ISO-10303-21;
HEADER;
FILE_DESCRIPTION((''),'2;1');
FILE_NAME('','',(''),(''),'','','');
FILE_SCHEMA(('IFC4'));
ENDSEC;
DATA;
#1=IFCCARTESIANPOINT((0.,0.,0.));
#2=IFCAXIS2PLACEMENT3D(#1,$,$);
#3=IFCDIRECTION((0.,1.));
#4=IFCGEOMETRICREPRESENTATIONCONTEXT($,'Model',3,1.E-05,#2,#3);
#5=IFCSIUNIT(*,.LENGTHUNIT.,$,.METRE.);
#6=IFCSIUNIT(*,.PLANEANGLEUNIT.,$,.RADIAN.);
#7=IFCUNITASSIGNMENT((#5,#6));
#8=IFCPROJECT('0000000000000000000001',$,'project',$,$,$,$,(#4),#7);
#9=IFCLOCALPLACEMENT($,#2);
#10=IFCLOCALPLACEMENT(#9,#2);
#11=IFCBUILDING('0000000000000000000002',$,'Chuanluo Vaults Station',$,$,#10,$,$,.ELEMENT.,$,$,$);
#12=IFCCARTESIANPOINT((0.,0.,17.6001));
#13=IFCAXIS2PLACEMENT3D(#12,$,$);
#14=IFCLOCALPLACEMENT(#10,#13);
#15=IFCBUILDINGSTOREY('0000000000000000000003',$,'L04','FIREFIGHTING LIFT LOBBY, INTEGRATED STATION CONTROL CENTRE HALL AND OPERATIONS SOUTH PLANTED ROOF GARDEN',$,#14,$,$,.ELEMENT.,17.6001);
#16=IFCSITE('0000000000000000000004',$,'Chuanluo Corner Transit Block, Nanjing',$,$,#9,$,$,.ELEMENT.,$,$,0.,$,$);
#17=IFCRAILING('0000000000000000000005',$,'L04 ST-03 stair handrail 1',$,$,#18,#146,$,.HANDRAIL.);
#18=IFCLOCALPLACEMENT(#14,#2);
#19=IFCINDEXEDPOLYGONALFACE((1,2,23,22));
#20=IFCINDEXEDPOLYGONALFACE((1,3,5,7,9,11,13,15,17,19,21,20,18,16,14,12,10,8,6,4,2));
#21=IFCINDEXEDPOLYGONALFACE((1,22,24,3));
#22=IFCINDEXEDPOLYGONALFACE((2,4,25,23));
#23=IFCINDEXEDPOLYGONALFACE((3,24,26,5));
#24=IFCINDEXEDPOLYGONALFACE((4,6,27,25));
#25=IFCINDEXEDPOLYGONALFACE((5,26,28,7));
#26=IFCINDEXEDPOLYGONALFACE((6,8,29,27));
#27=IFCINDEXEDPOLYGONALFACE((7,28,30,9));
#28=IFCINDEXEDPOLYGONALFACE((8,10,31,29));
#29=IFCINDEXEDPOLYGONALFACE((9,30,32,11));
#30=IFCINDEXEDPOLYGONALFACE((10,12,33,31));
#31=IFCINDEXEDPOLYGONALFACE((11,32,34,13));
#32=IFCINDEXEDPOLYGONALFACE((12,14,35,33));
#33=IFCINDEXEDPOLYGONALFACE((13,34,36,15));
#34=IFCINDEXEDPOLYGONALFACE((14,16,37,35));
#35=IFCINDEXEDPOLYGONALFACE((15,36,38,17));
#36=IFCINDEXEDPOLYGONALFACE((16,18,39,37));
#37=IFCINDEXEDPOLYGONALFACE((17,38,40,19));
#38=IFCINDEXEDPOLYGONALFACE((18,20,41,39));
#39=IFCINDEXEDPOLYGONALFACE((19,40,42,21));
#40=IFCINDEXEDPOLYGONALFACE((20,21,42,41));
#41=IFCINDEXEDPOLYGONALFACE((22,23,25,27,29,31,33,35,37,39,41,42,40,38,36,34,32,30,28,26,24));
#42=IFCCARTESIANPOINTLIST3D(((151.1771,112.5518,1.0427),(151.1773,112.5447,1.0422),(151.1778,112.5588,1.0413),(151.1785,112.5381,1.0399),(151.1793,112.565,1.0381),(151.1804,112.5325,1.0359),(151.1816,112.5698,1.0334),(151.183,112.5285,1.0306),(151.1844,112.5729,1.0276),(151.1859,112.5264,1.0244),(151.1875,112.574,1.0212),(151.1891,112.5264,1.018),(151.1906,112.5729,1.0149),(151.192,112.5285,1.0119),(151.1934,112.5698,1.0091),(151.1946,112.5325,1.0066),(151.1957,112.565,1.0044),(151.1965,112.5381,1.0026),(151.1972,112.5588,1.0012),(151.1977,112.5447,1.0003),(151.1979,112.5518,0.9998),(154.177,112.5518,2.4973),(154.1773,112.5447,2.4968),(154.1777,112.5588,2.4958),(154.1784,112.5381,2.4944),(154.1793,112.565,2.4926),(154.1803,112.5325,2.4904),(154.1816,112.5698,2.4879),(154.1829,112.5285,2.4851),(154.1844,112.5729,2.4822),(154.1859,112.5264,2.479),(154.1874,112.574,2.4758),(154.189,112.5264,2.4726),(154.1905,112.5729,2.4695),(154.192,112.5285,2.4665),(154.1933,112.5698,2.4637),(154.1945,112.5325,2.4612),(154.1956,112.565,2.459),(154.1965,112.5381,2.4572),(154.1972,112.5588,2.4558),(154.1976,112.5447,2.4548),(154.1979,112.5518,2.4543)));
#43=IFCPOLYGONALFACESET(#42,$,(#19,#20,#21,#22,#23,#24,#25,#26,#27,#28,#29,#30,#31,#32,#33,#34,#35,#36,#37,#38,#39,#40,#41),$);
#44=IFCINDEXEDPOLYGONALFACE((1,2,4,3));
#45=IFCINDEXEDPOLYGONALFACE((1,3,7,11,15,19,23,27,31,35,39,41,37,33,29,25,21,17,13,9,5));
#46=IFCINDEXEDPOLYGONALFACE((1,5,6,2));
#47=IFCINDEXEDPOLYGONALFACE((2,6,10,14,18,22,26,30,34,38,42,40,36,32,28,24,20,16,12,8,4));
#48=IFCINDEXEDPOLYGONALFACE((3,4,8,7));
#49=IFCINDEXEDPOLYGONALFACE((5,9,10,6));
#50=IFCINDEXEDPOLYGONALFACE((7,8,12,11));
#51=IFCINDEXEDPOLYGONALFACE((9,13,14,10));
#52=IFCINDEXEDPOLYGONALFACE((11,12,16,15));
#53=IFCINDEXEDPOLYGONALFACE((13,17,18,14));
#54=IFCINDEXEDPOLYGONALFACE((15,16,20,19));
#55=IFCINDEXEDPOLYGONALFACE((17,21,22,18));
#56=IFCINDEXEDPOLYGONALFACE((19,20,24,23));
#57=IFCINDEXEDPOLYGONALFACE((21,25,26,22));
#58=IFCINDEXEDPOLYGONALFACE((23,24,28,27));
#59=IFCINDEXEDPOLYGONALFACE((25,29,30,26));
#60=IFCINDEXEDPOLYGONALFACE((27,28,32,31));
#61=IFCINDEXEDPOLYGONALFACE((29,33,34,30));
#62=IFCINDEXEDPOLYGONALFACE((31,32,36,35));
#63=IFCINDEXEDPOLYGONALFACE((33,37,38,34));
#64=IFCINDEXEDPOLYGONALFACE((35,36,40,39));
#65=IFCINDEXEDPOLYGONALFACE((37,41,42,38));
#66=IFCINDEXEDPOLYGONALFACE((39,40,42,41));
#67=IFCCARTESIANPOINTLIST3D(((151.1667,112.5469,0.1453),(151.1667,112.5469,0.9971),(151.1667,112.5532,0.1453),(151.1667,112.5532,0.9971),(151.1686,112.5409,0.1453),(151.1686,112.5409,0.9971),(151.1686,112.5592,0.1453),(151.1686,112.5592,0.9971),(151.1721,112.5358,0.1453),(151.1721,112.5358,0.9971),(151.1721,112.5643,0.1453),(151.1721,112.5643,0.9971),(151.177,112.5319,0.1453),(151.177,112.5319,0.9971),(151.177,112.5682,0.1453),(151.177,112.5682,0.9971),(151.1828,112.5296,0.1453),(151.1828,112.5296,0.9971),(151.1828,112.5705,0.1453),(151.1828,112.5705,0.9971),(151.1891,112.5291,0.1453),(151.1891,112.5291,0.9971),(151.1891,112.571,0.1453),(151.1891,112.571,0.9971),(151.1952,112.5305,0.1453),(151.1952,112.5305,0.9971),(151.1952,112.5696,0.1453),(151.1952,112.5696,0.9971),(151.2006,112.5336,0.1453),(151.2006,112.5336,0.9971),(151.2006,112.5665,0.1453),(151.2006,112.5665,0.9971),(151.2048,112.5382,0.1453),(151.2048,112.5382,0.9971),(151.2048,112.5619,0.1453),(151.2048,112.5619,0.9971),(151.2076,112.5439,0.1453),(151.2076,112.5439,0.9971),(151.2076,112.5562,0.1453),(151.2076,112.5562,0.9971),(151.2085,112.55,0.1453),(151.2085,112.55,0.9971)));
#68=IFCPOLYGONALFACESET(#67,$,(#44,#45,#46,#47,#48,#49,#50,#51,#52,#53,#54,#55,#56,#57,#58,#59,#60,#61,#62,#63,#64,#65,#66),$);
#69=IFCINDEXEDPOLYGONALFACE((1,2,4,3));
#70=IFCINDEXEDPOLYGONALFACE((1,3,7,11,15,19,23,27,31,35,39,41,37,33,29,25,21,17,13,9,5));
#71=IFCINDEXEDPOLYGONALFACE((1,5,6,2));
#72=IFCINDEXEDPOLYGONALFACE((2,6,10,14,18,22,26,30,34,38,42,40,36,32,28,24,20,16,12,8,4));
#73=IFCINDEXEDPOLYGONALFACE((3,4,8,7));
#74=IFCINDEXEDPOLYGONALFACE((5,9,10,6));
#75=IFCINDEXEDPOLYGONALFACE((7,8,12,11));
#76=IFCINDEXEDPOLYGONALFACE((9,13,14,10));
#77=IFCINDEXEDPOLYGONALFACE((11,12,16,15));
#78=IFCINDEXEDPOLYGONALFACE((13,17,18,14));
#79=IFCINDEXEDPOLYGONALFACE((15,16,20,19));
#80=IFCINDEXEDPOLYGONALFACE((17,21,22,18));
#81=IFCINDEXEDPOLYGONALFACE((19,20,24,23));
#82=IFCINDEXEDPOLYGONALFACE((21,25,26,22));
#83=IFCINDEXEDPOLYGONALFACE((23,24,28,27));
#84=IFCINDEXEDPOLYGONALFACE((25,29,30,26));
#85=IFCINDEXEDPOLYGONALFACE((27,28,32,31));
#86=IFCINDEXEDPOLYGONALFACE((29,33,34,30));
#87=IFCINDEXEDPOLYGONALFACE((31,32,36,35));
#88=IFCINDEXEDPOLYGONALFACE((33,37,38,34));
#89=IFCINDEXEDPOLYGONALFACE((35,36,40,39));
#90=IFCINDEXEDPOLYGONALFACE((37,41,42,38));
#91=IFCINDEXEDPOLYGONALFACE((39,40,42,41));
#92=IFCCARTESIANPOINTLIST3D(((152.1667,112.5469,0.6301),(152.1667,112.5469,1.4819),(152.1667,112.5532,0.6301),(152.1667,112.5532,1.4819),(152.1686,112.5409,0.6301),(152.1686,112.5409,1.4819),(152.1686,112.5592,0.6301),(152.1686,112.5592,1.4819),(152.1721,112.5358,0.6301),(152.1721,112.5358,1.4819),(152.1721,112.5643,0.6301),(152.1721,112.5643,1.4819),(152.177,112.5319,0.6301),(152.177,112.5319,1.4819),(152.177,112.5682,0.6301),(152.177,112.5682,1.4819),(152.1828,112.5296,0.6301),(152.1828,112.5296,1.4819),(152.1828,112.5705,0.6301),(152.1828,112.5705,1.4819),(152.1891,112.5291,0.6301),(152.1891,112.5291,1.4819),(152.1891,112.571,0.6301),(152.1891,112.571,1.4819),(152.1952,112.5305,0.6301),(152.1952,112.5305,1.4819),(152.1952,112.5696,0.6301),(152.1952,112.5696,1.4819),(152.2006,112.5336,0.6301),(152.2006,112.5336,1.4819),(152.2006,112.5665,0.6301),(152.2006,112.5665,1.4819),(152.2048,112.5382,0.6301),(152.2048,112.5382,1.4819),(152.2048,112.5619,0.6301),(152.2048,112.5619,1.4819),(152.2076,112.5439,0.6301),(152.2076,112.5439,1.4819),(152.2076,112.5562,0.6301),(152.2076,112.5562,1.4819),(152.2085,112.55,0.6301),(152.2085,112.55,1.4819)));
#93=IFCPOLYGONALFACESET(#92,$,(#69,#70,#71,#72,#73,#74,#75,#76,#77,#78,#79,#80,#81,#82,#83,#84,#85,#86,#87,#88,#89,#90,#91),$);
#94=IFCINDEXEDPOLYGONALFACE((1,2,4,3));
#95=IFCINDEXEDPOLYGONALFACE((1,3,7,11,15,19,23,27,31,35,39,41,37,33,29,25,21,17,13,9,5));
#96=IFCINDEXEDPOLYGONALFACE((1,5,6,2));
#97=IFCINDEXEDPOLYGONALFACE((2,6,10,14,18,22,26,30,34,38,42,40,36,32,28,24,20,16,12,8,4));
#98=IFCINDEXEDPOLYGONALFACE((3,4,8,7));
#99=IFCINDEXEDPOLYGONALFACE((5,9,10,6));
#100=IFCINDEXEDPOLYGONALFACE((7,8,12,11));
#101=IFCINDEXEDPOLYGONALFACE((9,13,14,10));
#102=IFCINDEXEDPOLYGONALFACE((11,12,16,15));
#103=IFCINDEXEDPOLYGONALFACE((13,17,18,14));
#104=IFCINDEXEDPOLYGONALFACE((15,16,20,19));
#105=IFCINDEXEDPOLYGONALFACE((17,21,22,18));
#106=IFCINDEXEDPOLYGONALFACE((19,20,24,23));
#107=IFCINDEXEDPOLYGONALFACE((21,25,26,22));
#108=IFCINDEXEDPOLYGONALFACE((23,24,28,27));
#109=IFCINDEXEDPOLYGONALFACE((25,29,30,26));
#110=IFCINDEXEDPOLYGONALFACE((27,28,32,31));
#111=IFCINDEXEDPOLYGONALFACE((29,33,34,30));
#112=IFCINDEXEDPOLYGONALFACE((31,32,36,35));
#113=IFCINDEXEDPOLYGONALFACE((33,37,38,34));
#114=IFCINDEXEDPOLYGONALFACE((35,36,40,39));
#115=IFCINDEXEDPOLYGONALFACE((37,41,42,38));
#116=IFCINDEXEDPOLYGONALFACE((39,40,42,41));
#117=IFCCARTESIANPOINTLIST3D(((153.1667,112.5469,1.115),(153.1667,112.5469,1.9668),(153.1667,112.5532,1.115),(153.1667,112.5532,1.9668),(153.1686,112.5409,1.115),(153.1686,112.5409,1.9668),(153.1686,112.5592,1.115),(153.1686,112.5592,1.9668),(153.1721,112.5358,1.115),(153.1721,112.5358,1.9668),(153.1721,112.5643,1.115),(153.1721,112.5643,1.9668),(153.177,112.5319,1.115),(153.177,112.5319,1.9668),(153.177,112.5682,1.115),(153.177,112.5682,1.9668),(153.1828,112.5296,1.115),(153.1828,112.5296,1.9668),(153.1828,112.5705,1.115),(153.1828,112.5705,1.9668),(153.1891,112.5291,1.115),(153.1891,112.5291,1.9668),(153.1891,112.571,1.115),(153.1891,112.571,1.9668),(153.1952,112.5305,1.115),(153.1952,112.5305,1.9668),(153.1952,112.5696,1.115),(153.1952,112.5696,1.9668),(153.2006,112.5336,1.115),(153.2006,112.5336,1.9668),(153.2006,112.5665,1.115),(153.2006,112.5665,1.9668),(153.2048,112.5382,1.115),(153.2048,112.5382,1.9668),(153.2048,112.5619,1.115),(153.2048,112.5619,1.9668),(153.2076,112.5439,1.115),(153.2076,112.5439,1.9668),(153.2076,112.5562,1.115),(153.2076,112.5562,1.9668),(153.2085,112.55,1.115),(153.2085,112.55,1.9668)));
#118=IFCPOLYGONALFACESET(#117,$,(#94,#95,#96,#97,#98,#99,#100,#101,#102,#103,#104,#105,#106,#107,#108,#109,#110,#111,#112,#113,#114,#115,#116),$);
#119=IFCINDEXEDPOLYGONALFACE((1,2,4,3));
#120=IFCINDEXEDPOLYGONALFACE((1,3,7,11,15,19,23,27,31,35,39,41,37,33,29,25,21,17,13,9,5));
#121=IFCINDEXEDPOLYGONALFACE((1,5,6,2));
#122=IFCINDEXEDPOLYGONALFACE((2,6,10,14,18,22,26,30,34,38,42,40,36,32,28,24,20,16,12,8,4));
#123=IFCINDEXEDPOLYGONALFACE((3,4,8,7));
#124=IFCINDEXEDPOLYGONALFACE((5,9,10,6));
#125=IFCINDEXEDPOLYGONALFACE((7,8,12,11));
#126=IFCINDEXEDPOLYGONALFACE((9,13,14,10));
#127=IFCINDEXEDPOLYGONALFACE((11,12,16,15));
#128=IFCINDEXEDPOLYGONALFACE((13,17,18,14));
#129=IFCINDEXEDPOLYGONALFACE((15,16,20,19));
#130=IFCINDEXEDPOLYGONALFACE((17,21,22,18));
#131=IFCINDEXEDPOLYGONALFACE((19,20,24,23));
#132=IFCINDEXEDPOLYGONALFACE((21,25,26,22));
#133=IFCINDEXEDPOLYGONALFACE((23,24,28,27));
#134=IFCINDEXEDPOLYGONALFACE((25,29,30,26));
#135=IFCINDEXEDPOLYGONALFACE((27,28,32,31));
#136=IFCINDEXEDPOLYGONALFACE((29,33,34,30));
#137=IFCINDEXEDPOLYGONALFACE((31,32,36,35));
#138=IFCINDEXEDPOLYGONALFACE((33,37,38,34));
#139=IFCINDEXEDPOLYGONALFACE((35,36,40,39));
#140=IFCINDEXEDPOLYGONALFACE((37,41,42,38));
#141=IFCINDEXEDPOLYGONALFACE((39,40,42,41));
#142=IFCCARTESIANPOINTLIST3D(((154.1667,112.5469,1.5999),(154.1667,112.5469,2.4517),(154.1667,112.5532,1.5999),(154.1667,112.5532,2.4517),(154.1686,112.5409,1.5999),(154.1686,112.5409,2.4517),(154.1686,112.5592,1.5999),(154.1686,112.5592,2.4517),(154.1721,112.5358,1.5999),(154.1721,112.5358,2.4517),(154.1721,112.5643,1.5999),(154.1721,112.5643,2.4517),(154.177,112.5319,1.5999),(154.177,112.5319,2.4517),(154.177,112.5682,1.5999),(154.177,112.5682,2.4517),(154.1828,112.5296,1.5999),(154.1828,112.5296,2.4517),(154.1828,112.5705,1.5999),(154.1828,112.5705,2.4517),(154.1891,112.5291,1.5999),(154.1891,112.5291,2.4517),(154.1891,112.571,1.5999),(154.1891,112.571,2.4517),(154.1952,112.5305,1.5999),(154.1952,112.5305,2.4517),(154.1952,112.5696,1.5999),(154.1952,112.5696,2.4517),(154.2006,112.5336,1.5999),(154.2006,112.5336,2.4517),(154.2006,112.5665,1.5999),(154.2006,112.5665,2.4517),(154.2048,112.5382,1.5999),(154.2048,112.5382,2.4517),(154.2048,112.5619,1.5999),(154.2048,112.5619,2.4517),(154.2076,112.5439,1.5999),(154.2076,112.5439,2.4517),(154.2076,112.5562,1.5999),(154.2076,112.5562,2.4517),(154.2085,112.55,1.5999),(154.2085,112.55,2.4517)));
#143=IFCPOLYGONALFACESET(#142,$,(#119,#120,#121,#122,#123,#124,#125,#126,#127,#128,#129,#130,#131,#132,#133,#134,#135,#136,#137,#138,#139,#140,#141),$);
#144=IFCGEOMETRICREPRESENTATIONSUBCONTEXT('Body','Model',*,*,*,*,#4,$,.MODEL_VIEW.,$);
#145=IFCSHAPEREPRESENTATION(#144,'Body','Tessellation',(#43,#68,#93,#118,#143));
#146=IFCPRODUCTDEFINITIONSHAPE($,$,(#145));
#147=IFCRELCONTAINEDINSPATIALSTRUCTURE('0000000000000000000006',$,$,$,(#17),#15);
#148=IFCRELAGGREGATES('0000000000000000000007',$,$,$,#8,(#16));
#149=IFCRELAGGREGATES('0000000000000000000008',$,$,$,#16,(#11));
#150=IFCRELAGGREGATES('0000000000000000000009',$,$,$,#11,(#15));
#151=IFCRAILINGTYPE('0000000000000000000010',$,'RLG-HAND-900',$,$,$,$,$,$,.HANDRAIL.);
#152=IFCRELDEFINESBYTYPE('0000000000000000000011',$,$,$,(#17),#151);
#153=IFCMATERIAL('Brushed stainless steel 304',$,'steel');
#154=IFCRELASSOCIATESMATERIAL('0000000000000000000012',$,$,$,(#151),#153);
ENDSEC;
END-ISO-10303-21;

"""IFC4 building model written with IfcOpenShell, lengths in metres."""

from ifc_helpers import new_model, si_unit, direction, frame, origin, origin_2d, place, context, subcontext, project, spatial, circle, extrude, material, type_object, element, save


model = new_model("IFC4")

# Units and contexts
model_context = context("Model", 3, precision=1e-05, world=origin(), true_north=direction((0.0, 1.0)))
body_context = subcontext(model_context, "Body", "Model", "MODEL_VIEW")
ifc_project = project(units=[si_unit("LENGTHUNIT", "METRE"), si_unit("PLANEANGLEUNIT", "RADIAN")], contexts=[model_context])

# Site, building, storey
site_placement = place(None, origin())
site = spatial("IfcSite", under=ifc_project, at=site_placement, Name="Chuanluo Corner Transit Block, Nanjing", CompositionType="ELEMENT", RefElevation=0.0)
building_placement = place(site_placement, origin())
building = spatial("IfcBuilding", under=site, at=building_placement, Name="Chuanluo Vaults Station", CompositionType="ELEMENT")
storey_placement = place(building_placement, frame((0.0, 0.0, 17.6001)))
storey = spatial("IfcBuildingStorey", under=building, at=storey_placement, Name="L04", Description="FIREFIGHTING LIFT LOBBY, INTEGRATED STATION CONTROL CENTRE HALL AND OPERATIONS SOUTH PLANTED ROOF GARDEN", CompositionType="ELEMENT", Elevation=17.6001)

# Railing
ifc_material_1 = material(Name="Brushed stainless steel 304", Category="steel")
railing_type_1 = type_object("IfcRailingType", Name="RLG-HAND-900", PredefinedType="HANDRAIL", material=ifc_material_1)
railing_1_placement = place(storey_placement, frame((151.1875, 112.55, 0.1453)))
element("IfcRailing", 1, at=railing_1_placement, inside=storey, type_object=railing_type_1, Name="L04 ST-03 stair handrail 1", PredefinedType="HANDRAIL", context=body_context, shape_type="SweptSolid", body=[
    extrude(circle(Radius=0.0239, at=origin_2d()), frame((0.0, 0.0, 0.876), z_axis=(0.899809, 0.0, 0.436284), x_axis=(0.0, 1.0, 0.0)), (0.0, 0.0, 1.0), 3.334),
    extrude(circle(Radius=0.021, at=origin_2d()), origin(), (0.0, 0.0, 1.0), 0.8518),
    extrude(circle(Radius=0.021, at=origin_2d()), frame((1.0, 0.0, 0.4849)), (0.0, 0.0, 1.0), 0.8518),
    extrude(circle(Radius=0.021, at=origin_2d()), frame((2.0, 0.0, 0.9697)), (0.0, 0.0, 1.0), 0.8518),
    extrude(circle(Radius=0.021, at=origin_2d()), frame((3.0, 0.0, 1.4546)), (0.0, 0.0, 1.0), 0.8518),
])

save(model, "model.ifc")
